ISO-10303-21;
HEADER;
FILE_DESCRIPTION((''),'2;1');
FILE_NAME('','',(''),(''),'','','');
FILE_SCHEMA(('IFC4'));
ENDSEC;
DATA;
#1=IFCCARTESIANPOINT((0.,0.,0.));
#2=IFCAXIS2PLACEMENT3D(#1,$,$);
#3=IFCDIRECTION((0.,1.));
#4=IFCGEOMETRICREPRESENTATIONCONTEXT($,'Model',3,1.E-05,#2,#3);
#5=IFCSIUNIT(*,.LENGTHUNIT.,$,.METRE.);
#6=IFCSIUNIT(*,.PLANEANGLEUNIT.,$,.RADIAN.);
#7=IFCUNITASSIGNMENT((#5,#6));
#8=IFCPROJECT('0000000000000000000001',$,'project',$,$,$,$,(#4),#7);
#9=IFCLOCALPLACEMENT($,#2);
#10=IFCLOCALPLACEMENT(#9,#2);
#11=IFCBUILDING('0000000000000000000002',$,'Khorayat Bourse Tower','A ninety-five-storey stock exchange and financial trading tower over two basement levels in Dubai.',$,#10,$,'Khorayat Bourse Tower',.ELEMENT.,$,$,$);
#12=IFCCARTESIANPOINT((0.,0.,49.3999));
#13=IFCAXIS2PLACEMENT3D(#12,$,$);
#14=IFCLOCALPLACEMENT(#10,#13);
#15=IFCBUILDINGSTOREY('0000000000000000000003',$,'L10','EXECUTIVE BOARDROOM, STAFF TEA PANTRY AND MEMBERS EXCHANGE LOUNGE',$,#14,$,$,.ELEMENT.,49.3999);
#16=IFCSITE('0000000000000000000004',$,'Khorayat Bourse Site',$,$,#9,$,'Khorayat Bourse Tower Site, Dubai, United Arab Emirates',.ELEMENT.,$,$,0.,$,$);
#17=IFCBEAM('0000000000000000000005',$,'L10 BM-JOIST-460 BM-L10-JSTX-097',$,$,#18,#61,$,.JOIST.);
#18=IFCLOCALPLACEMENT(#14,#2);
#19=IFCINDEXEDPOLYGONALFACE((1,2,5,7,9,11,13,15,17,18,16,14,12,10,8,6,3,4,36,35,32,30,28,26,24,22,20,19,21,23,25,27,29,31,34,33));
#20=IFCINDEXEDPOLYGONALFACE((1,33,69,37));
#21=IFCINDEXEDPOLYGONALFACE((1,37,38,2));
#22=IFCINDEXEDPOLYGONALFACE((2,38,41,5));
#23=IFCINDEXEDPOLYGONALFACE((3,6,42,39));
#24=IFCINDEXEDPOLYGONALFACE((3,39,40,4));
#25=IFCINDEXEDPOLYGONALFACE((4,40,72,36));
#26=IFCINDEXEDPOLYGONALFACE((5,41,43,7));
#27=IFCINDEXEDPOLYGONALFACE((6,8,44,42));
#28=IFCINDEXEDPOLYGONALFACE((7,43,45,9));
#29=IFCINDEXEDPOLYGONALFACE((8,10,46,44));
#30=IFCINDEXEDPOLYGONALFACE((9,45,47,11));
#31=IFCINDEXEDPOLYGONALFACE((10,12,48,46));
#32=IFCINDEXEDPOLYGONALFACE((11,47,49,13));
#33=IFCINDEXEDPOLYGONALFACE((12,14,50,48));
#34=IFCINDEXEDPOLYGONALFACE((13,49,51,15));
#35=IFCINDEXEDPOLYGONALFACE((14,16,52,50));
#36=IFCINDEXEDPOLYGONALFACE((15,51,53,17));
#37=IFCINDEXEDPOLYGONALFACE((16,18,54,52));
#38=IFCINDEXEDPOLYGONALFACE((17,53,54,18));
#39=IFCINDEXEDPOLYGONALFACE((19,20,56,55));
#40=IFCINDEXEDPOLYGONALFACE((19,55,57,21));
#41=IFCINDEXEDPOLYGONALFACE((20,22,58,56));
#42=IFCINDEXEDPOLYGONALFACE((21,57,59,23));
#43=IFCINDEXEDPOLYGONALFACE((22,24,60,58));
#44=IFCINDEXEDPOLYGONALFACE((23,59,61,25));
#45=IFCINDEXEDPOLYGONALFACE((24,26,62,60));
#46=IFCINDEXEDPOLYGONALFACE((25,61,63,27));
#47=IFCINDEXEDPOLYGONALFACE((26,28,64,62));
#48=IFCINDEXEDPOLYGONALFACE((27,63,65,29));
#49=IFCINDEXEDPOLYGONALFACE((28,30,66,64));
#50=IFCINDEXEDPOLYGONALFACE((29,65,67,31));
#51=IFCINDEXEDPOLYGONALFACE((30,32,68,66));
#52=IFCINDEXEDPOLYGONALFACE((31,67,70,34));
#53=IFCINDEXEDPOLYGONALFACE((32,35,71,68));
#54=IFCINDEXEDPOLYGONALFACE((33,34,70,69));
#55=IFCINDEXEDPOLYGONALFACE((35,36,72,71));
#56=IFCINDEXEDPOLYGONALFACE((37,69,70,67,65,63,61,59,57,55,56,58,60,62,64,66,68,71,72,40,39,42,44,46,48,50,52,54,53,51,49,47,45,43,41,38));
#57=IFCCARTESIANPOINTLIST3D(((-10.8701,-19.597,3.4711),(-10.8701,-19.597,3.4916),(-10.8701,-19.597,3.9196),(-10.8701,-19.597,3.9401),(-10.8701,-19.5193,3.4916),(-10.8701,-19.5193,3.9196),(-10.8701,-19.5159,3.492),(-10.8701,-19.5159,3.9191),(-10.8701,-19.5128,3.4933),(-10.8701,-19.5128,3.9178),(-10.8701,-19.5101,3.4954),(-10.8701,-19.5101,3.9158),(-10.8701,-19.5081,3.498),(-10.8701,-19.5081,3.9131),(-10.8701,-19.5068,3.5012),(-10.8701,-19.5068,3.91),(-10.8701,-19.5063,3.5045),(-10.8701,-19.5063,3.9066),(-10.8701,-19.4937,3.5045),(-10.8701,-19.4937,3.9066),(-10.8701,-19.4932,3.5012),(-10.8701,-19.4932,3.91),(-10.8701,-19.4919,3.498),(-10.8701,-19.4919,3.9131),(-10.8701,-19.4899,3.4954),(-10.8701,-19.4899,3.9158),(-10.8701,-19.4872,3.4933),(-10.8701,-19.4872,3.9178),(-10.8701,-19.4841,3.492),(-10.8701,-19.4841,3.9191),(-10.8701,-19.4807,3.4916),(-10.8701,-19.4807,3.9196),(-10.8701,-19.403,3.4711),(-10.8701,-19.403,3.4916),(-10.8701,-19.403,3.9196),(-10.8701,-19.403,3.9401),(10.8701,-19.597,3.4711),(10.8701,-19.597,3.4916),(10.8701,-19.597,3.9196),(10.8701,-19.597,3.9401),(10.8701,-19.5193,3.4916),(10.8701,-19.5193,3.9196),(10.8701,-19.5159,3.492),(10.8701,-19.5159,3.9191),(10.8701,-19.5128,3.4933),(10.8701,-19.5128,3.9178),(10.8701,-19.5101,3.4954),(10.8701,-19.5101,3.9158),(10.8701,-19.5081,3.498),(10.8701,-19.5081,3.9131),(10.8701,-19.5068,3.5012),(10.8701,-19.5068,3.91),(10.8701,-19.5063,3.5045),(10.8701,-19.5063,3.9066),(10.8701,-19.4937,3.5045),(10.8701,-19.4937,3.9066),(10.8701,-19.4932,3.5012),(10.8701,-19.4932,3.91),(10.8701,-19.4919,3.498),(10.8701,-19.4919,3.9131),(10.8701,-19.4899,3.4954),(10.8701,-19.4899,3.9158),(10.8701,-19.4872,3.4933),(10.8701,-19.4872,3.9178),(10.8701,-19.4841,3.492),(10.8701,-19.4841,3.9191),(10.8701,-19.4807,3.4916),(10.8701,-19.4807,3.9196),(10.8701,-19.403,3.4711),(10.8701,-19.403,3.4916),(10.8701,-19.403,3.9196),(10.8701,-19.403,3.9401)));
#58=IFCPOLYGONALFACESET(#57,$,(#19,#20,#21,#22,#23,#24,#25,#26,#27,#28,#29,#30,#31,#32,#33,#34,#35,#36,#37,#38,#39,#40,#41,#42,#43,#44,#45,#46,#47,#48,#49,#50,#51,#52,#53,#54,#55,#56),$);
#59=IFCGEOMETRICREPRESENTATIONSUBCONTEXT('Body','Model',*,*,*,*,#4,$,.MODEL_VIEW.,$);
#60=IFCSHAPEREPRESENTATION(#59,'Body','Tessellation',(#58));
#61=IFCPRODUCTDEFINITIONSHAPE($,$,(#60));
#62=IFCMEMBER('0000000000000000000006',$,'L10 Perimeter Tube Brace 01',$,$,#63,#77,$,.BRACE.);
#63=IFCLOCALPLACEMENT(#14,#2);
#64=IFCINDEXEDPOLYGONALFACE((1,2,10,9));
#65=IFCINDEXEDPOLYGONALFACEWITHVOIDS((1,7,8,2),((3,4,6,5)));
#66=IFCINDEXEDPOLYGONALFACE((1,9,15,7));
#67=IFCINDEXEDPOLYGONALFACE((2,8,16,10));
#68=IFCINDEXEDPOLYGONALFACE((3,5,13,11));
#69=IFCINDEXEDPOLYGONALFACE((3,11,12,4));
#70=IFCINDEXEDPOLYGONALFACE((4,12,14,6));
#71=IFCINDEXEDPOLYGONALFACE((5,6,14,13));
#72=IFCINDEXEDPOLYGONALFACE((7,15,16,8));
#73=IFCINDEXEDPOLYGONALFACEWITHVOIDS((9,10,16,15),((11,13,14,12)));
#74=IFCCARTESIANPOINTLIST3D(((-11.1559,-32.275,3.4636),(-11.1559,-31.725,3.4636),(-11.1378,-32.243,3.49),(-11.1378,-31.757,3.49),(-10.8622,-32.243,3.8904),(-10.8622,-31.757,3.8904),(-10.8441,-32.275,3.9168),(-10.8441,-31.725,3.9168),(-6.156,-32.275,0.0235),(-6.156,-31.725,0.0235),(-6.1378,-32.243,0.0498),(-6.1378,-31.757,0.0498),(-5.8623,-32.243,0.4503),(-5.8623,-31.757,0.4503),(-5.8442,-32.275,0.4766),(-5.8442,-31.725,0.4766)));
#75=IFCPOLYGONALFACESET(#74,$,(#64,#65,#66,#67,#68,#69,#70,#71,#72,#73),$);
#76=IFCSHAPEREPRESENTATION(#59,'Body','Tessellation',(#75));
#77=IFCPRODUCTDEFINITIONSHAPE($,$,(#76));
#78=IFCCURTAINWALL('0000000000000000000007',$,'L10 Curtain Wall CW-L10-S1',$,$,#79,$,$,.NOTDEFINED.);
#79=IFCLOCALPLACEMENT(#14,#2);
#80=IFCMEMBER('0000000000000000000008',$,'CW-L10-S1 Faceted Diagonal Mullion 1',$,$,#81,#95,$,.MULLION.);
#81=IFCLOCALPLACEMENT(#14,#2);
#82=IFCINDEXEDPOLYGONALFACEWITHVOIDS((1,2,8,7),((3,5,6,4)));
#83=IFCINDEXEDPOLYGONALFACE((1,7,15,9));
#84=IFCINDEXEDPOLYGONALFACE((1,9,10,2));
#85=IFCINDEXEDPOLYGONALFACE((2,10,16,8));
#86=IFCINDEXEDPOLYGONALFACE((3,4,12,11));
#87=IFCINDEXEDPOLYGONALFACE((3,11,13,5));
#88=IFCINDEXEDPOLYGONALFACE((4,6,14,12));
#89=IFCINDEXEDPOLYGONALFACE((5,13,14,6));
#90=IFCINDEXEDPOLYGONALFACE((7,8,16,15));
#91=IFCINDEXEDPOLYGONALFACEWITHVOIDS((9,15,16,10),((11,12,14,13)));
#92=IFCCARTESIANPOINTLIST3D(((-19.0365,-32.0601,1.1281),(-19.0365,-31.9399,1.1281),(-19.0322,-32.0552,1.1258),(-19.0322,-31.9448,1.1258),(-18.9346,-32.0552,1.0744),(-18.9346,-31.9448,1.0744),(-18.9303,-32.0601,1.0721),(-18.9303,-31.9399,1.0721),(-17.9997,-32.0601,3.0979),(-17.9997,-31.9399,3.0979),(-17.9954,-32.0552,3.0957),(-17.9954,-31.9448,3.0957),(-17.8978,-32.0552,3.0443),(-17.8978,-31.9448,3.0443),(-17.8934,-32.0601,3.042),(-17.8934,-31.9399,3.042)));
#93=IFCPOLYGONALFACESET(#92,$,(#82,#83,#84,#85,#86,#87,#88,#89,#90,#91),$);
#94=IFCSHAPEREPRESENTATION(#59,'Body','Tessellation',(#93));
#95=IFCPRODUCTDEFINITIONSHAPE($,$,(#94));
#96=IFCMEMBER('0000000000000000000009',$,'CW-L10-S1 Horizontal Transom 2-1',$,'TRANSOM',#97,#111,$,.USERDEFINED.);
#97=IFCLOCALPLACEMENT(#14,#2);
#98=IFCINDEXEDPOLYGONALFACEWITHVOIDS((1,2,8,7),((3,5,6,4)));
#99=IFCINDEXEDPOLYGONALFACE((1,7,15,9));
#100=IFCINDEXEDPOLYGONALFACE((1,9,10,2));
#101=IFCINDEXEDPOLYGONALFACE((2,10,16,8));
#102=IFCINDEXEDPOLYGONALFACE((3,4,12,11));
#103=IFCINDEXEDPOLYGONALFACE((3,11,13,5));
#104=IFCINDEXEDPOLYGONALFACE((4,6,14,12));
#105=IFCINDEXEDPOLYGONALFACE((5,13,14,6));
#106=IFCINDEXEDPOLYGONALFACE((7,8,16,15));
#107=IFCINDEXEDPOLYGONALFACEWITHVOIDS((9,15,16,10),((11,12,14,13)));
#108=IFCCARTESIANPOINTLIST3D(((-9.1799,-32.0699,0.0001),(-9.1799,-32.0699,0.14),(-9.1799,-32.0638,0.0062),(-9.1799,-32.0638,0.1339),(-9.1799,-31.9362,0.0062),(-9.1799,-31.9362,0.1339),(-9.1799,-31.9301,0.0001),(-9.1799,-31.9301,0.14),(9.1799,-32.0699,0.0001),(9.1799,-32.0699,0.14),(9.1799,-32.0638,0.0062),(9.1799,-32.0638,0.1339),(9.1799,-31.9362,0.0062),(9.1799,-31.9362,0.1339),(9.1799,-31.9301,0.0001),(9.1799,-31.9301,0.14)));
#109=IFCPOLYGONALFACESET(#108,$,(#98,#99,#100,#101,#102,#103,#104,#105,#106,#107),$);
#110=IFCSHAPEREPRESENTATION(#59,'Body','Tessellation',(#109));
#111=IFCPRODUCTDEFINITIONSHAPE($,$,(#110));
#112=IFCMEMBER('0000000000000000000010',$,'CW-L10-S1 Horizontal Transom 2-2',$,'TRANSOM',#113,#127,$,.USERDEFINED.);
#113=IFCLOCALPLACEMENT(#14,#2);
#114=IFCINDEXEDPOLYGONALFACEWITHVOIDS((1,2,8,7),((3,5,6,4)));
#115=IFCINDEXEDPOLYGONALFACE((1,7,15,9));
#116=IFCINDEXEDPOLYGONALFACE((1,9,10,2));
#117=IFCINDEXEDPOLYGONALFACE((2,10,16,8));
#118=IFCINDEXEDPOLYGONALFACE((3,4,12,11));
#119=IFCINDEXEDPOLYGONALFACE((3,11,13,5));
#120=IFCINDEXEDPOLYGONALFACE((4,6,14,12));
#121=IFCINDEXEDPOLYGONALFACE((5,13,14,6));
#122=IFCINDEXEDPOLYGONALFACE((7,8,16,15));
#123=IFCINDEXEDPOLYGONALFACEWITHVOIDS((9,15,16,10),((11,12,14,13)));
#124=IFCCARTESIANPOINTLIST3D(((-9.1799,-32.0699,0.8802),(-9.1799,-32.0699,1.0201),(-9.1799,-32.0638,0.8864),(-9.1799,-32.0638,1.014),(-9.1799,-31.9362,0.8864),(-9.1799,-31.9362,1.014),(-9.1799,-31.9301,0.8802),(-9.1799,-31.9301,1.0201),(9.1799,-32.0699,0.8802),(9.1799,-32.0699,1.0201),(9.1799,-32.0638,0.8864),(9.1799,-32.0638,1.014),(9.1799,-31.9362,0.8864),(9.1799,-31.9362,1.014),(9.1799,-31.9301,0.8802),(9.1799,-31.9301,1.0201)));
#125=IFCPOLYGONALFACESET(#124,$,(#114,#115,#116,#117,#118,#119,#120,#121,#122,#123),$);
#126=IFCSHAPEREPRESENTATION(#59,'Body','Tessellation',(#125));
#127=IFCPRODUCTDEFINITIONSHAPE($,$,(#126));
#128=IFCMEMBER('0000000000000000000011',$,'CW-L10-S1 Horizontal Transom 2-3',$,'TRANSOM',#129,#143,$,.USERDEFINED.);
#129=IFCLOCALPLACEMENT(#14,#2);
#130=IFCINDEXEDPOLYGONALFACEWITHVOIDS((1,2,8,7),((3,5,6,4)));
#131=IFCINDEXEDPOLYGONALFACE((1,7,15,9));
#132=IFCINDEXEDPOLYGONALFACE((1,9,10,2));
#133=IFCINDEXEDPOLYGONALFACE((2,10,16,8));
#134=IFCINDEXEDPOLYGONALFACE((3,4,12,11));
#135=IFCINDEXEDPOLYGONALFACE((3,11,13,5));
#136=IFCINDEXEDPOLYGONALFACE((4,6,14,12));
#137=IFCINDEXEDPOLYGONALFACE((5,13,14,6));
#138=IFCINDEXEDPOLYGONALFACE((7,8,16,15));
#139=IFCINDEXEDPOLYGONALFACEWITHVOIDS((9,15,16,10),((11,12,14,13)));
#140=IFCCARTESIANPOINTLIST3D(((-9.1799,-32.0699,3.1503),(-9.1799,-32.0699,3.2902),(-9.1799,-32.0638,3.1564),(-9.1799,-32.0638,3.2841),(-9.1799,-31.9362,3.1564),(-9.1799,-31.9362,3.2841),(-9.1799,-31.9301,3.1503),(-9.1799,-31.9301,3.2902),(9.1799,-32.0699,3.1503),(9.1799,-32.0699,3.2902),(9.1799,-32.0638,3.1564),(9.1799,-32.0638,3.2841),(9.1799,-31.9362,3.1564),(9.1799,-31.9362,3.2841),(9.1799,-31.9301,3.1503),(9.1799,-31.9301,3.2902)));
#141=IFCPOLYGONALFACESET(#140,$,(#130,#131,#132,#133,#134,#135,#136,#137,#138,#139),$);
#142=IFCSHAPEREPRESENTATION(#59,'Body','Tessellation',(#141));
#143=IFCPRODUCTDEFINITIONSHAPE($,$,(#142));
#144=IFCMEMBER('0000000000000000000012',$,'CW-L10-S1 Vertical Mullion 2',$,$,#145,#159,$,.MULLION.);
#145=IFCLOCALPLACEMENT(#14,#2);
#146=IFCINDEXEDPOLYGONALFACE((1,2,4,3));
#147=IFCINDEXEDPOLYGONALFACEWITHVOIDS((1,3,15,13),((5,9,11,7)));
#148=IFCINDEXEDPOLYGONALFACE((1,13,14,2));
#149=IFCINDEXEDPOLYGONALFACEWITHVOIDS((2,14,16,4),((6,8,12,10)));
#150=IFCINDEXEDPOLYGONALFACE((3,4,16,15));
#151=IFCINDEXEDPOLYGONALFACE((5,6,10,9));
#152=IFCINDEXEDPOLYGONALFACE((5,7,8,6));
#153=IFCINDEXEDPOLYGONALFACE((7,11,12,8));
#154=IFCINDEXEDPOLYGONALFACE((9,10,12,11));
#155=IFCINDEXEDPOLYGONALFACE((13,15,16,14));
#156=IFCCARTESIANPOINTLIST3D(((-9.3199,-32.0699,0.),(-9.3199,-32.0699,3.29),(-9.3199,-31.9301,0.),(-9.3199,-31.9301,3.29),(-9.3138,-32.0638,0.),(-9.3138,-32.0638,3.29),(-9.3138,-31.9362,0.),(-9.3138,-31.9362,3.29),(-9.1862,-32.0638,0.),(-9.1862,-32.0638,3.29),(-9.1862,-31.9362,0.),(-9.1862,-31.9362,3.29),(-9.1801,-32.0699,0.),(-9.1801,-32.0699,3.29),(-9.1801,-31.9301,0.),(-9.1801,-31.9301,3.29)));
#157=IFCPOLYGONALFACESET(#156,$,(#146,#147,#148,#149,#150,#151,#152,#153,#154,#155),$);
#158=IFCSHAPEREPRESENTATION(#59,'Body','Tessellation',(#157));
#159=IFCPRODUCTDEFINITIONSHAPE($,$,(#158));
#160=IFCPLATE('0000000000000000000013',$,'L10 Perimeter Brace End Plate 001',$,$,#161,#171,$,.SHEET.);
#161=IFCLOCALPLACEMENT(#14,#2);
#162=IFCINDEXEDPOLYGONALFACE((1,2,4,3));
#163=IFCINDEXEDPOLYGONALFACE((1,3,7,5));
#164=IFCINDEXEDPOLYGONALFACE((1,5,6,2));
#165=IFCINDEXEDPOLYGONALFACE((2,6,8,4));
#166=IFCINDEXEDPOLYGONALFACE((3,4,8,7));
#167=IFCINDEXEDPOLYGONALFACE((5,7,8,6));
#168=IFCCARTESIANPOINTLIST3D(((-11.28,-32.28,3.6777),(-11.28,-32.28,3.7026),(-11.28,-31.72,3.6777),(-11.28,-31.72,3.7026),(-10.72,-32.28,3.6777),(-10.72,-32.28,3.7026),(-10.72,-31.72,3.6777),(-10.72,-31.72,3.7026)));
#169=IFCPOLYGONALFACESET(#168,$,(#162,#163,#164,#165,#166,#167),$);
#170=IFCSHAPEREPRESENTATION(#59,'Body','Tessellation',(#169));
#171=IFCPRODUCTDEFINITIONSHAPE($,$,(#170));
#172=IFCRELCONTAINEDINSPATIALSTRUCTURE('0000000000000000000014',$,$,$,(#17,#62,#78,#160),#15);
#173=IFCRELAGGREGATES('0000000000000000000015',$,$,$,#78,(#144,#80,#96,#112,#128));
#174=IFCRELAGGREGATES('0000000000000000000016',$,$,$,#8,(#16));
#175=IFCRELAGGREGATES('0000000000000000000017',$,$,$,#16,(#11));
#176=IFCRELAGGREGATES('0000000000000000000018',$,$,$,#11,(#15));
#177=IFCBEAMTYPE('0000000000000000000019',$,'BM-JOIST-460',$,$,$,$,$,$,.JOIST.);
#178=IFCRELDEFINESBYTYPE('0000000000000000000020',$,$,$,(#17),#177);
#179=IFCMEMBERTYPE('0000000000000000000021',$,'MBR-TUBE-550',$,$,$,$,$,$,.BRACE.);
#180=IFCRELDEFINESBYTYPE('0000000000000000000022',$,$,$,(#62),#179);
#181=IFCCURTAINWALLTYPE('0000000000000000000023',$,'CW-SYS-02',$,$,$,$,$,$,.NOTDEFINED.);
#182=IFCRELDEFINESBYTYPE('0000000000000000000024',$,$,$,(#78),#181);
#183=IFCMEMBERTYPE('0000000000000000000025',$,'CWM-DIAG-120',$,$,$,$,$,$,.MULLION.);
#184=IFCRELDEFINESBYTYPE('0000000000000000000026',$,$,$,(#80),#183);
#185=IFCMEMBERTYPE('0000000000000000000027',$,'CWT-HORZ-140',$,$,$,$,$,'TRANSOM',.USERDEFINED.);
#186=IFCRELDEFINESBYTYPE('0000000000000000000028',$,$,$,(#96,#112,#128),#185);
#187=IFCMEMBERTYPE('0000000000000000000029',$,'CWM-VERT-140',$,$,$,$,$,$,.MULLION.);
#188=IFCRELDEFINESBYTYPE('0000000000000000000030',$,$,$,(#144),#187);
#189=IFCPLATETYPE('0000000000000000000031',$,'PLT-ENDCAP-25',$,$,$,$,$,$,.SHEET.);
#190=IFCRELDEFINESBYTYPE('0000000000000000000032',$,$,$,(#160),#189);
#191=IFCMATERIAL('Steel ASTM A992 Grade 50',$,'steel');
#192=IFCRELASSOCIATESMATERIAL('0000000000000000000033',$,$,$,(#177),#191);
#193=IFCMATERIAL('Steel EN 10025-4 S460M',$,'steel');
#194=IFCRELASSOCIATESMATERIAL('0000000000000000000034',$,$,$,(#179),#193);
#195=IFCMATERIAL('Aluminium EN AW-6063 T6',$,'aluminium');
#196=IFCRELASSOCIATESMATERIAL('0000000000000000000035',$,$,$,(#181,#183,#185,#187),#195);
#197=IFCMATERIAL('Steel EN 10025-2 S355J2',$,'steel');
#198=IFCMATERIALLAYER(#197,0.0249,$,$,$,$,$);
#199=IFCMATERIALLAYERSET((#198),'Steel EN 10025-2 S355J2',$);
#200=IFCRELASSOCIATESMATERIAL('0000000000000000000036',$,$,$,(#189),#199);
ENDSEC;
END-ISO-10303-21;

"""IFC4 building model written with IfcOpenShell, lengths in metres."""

from ifc_helpers import new_model, si_unit, direction, frame, origin, origin_2d, place, context, subcontext, project, spatial, rectangle, hollow_rectangle, i_section, extrude, source, transform, mapped, material, layer, layer_set, material_profile, profile_set, type_object, element, aggregate, save


model = new_model("IFC4")

# Units and contexts
model_context = context("Model", 3, precision=1e-05, world=origin(), true_north=direction((0.0, 1.0)))
body_context = subcontext(model_context, "Body", "Model", "MODEL_VIEW")
ifc_project = project(units=[si_unit("LENGTHUNIT", "METRE"), si_unit("PLANEANGLEUNIT", "RADIAN")], contexts=[model_context])

# Site, building, storey
site_placement = place(None, origin())
site = spatial("IfcSite", under=ifc_project, at=site_placement, Name="Khorayat Bourse Site", LongName="Khorayat Bourse Tower Site, Dubai, United Arab Emirates", CompositionType="ELEMENT", RefElevation=0.0)
building_placement = place(site_placement, origin())
building = spatial("IfcBuilding", under=site, at=building_placement, Name="Khorayat Bourse Tower", Description="A ninety-five-storey stock exchange and financial trading tower over two basement levels in Dubai.", LongName="Khorayat Bourse Tower", CompositionType="ELEMENT")
storey_placement = place(building_placement, frame((0.0, 0.0, 49.3999)))
storey = spatial("IfcBuildingStorey", under=building, at=storey_placement, Name="L10", Description="EXECUTIVE BOARDROOM, STAFF TEA PANTRY AND MEMBERS EXCHANGE LOUNGE", CompositionType="ELEMENT", Elevation=49.3999)

# Shared definitions
ifc_material_1 = material(Name="Steel EN 10025-4 S460M", Category="steel")

# Beam
ifc_material_2 = material(Name="Steel ASTM A992 Grade 50", Category="steel")
ifc_material_profile_1 = material_profile(ifc_material_2, i_section(OverallWidth=0.1941, OverallDepth=0.469, WebThickness=0.0127, FlangeThickness=0.0205, FilletRadius=0.0129, at=origin_2d()), Name="W460X106")
ifc_profile_set_1 = profile_set([ifc_material_profile_1], Name="Steel ASTM A992 Grade 50")
beam_type_1 = type_object("IfcBeamType", Name="BM-JOIST-460", PredefinedType="JOIST", material=ifc_profile_set_1)
shared_shape_1 = source(origin(), body_context, "Body", "SweptSolid", [
    extrude(i_section(OverallWidth=0.1941, OverallDepth=0.469, WebThickness=0.0127, FlangeThickness=0.0205, FilletRadius=0.0129, at=origin_2d()), origin(), (0.0, 0.0, 1.0), 21.7402),
])
beam_1_placement = place(storey_placement, frame((-10.8701, -19.5, 3.7056), z_axis=(1.0, 0.0, 0.0), x_axis=(0.0, 1.0, 0.0)))
element("IfcBeam", 1, at=beam_1_placement, inside=storey, type_object=beam_type_1, Name="L10 BM-JOIST-460 BM-L10-JSTX-097", PredefinedType="JOIST", context=body_context, shape_type="MappedRepresentation", body=[
    mapped(shared_shape_1, transform((0.0, 0.0, 0.0), scale=1.0)),
])

# Member
ifc_material_profile_2 = material_profile(ifc_material_1, hollow_rectangle(XDim=0.55, YDim=0.55, WallThickness=0.032, at=origin_2d()), Name="HSS 550x550x32")
ifc_profile_set_2 = profile_set([ifc_material_profile_2], Name="Steel EN 10025-4 S460M")
member_type_1 = type_object("IfcMemberType", Name="MBR-TUBE-550", PredefinedType="BRACE", material=ifc_profile_set_2)
shared_shape_2 = source(origin(), body_context, "Body", "SweptSolid", [
    extrude(hollow_rectangle(XDim=0.55, YDim=0.55, WallThickness=0.032, at=origin_2d()), origin(), (0.0, 0.0, 1.0), 6.0691),
])
member_1_placement = place(storey_placement, frame((-11.0, -32.0, 3.6902), z_axis=(0.823835, 0.0, -0.566829), x_axis=(0.0, 1.0, 0.0)))
element("IfcMember", 2, at=member_1_placement, inside=storey, type_object=member_type_1, Name="L10 Perimeter Tube Brace 01", PredefinedType="BRACE", context=body_context, shape_type="MappedRepresentation", body=[
    mapped(shared_shape_2, transform((0.0, 0.0, 0.0), scale=1.0)),
])

# Curtain wall, members
ifc_material_3 = material(Name="Aluminium EN AW-6063 T6", Category="aluminium")
curtain_wall_type = type_object("IfcCurtainWallType", Name="CW-SYS-02", PredefinedType="NOTDEFINED", material=ifc_material_3)
curtain_wall_placement = place(storey_placement, origin())
curtain_wall = element("IfcCurtainWall", 3, at=curtain_wall_placement, inside=storey, type_object=curtain_wall_type, Name="L10 Curtain Wall CW-L10-S1", PredefinedType="NOTDEFINED")
ifc_material_profile_3 = material_profile(ifc_material_3, hollow_rectangle(XDim=0.1201, YDim=0.1201, WallThickness=0.0049, at=origin_2d()), Name="ALU 120x120x5")
ifc_profile_set_3 = profile_set([ifc_material_profile_3], Name="Aluminium EN AW-6063 T6")
member_type_2 = type_object("IfcMemberType", Name="CWM-DIAG-120", PredefinedType="MULLION", material=ifc_profile_set_3)
shared_shape_3 = source(origin(), body_context, "Body", "SweptSolid", [
    extrude(hollow_rectangle(XDim=0.1201, YDim=0.1201, WallThickness=0.0049, at=origin_2d()), origin(), (0.0, 0.0, 1.0), 2.2261),
])
member_2_placement = place(storey_placement, frame((-18.9834, -32.0, 1.1001), z_axis=(0.46576, 0.0, 0.884911), x_axis=(0.0, 1.0, 0.0)))
member_2 = element("IfcMember", 4, at=member_2_placement, type_object=member_type_2, Name="CW-L10-S1 Faceted Diagonal Mullion 1", PredefinedType="MULLION", context=body_context, shape_type="MappedRepresentation", body=[
    mapped(shared_shape_3, transform((0.0, 0.0, 0.0), scale=1.0)),
])
ifc_material_profile_4 = material_profile(ifc_material_3, hollow_rectangle(XDim=0.1399, YDim=0.1399, WallThickness=0.0061, at=origin_2d()), Name="ALU 140x140x6")
ifc_profile_set_4 = profile_set([ifc_material_profile_4], Name="Aluminium EN AW-6063 T6")
member_type_3 = type_object("IfcMemberType", Name="CWT-HORZ-140", ElementType="TRANSOM", PredefinedType="USERDEFINED", material=ifc_profile_set_4)
shared_shape_4 = source(origin(), body_context, "Body", "SweptSolid", [
    extrude(hollow_rectangle(XDim=0.1399, YDim=0.1399, WallThickness=0.0061, at=origin_2d()), origin(), (0.0, 0.0, 1.0), 18.3599),
])
member_3_placement = place(storey_placement, frame((-9.1799, -32.0, 0.0701), z_axis=(1.0, 0.0, 0.0), x_axis=(0.0, 1.0, 0.0)))
member_3 = element("IfcMember", 5, at=member_3_placement, type_object=member_type_3, Name="CW-L10-S1 Horizontal Transom 2-1", ObjectType="TRANSOM", PredefinedType="USERDEFINED", context=body_context, shape_type="MappedRepresentation", body=[
    mapped(shared_shape_4, transform((0.0, 0.0, 0.0), scale=1.0)),
])
member_4_placement = place(storey_placement, frame((-9.1799, -32.0, 0.9502), z_axis=(1.0, 0.0, 0.0), x_axis=(0.0, 1.0, 0.0)))
member_4 = element("IfcMember", 6, at=member_4_placement, type_object=member_type_3, Name="CW-L10-S1 Horizontal Transom 2-2", ObjectType="TRANSOM", PredefinedType="USERDEFINED", context=body_context, shape_type="MappedRepresentation", body=[
    mapped(shared_shape_4, transform((0.0, 0.0, 0.0), scale=1.0)),
])
member_5_placement = place(storey_placement, frame((-9.1799, -32.0, 3.2202), z_axis=(1.0, 0.0, 0.0), x_axis=(0.0, 1.0, 0.0)))
member_5 = element("IfcMember", 7, at=member_5_placement, type_object=member_type_3, Name="CW-L10-S1 Horizontal Transom 2-3", ObjectType="TRANSOM", PredefinedType="USERDEFINED", context=body_context, shape_type="MappedRepresentation", body=[
    mapped(shared_shape_4, transform((0.0, 0.0, 0.0), scale=1.0)),
])
ifc_material_profile_5 = material_profile(ifc_material_3, hollow_rectangle(XDim=0.1399, YDim=0.1399, WallThickness=0.0061, at=origin_2d()), Name="ALU 140x140x6")
ifc_profile_set_5 = profile_set([ifc_material_profile_5], Name="Aluminium EN AW-6063 T6")
member_type_4 = type_object("IfcMemberType", Name="CWM-VERT-140", PredefinedType="MULLION", material=ifc_profile_set_5)
shared_shape_5 = source(origin(), body_context, "Body", "SweptSolid", [
    extrude(hollow_rectangle(XDim=0.1399, YDim=0.1399, WallThickness=0.0061, at=origin_2d()), origin(), (0.0, 0.0, 1.0), 3.29),
])
member_6_placement = place(storey_placement, frame((-9.25, -32.0, 0.0), z_axis=(0.0, 0.0, 1.0), x_axis=(0.0, 1.0, 0.0)))
member_6 = element("IfcMember", 8, at=member_6_placement, type_object=member_type_4, Name="CW-L10-S1 Vertical Mullion 2", PredefinedType="MULLION", context=body_context, shape_type="MappedRepresentation", body=[
    mapped(shared_shape_5, transform((0.0, 0.0, 0.0), scale=1.0)),
])

# Plate
ifc_material_4 = material(Name="Steel EN 10025-2 S355J2", Category="steel")
ifc_layer_1 = layer(ifc_material_4, 0.0249)
ifc_layer_set_1 = layer_set([ifc_layer_1], Name="Steel EN 10025-2 S355J2")
plate_type_1 = type_object("IfcPlateType", Name="PLT-ENDCAP-25", PredefinedType="SHEET", material=ifc_layer_set_1)
shared_shape_6 = source(origin(), body_context, "Body", "SweptSolid", [
    extrude(rectangle(XDim=0.5601, YDim=0.5601, at=origin_2d()), origin(), (0.0, 0.0, 1.0), 0.0249),
])
for number, where, z_axis, x_axis, name in (
    (9, (-11.0, -32.0, 3.6777), (0.0, 0.0, 1.0), (1.0, 0.0, 0.0), "L10 Perimeter Brace End Plate 001"),
):
    element("IfcPlate", number, at=place(storey_placement, frame(where, z_axis=z_axis, x_axis=x_axis)), inside=storey, type_object=plate_type_1, Name=name, PredefinedType="SHEET", context=body_context, shape_type="MappedRepresentation", body=[
        mapped(shared_shape_6, transform((0.0, 0.0, 0.0), scale=1.0)),
    ])

aggregate(curtain_wall, [member_6, member_2, member_3, member_4, member_5])

save(model, "model.ifc")
